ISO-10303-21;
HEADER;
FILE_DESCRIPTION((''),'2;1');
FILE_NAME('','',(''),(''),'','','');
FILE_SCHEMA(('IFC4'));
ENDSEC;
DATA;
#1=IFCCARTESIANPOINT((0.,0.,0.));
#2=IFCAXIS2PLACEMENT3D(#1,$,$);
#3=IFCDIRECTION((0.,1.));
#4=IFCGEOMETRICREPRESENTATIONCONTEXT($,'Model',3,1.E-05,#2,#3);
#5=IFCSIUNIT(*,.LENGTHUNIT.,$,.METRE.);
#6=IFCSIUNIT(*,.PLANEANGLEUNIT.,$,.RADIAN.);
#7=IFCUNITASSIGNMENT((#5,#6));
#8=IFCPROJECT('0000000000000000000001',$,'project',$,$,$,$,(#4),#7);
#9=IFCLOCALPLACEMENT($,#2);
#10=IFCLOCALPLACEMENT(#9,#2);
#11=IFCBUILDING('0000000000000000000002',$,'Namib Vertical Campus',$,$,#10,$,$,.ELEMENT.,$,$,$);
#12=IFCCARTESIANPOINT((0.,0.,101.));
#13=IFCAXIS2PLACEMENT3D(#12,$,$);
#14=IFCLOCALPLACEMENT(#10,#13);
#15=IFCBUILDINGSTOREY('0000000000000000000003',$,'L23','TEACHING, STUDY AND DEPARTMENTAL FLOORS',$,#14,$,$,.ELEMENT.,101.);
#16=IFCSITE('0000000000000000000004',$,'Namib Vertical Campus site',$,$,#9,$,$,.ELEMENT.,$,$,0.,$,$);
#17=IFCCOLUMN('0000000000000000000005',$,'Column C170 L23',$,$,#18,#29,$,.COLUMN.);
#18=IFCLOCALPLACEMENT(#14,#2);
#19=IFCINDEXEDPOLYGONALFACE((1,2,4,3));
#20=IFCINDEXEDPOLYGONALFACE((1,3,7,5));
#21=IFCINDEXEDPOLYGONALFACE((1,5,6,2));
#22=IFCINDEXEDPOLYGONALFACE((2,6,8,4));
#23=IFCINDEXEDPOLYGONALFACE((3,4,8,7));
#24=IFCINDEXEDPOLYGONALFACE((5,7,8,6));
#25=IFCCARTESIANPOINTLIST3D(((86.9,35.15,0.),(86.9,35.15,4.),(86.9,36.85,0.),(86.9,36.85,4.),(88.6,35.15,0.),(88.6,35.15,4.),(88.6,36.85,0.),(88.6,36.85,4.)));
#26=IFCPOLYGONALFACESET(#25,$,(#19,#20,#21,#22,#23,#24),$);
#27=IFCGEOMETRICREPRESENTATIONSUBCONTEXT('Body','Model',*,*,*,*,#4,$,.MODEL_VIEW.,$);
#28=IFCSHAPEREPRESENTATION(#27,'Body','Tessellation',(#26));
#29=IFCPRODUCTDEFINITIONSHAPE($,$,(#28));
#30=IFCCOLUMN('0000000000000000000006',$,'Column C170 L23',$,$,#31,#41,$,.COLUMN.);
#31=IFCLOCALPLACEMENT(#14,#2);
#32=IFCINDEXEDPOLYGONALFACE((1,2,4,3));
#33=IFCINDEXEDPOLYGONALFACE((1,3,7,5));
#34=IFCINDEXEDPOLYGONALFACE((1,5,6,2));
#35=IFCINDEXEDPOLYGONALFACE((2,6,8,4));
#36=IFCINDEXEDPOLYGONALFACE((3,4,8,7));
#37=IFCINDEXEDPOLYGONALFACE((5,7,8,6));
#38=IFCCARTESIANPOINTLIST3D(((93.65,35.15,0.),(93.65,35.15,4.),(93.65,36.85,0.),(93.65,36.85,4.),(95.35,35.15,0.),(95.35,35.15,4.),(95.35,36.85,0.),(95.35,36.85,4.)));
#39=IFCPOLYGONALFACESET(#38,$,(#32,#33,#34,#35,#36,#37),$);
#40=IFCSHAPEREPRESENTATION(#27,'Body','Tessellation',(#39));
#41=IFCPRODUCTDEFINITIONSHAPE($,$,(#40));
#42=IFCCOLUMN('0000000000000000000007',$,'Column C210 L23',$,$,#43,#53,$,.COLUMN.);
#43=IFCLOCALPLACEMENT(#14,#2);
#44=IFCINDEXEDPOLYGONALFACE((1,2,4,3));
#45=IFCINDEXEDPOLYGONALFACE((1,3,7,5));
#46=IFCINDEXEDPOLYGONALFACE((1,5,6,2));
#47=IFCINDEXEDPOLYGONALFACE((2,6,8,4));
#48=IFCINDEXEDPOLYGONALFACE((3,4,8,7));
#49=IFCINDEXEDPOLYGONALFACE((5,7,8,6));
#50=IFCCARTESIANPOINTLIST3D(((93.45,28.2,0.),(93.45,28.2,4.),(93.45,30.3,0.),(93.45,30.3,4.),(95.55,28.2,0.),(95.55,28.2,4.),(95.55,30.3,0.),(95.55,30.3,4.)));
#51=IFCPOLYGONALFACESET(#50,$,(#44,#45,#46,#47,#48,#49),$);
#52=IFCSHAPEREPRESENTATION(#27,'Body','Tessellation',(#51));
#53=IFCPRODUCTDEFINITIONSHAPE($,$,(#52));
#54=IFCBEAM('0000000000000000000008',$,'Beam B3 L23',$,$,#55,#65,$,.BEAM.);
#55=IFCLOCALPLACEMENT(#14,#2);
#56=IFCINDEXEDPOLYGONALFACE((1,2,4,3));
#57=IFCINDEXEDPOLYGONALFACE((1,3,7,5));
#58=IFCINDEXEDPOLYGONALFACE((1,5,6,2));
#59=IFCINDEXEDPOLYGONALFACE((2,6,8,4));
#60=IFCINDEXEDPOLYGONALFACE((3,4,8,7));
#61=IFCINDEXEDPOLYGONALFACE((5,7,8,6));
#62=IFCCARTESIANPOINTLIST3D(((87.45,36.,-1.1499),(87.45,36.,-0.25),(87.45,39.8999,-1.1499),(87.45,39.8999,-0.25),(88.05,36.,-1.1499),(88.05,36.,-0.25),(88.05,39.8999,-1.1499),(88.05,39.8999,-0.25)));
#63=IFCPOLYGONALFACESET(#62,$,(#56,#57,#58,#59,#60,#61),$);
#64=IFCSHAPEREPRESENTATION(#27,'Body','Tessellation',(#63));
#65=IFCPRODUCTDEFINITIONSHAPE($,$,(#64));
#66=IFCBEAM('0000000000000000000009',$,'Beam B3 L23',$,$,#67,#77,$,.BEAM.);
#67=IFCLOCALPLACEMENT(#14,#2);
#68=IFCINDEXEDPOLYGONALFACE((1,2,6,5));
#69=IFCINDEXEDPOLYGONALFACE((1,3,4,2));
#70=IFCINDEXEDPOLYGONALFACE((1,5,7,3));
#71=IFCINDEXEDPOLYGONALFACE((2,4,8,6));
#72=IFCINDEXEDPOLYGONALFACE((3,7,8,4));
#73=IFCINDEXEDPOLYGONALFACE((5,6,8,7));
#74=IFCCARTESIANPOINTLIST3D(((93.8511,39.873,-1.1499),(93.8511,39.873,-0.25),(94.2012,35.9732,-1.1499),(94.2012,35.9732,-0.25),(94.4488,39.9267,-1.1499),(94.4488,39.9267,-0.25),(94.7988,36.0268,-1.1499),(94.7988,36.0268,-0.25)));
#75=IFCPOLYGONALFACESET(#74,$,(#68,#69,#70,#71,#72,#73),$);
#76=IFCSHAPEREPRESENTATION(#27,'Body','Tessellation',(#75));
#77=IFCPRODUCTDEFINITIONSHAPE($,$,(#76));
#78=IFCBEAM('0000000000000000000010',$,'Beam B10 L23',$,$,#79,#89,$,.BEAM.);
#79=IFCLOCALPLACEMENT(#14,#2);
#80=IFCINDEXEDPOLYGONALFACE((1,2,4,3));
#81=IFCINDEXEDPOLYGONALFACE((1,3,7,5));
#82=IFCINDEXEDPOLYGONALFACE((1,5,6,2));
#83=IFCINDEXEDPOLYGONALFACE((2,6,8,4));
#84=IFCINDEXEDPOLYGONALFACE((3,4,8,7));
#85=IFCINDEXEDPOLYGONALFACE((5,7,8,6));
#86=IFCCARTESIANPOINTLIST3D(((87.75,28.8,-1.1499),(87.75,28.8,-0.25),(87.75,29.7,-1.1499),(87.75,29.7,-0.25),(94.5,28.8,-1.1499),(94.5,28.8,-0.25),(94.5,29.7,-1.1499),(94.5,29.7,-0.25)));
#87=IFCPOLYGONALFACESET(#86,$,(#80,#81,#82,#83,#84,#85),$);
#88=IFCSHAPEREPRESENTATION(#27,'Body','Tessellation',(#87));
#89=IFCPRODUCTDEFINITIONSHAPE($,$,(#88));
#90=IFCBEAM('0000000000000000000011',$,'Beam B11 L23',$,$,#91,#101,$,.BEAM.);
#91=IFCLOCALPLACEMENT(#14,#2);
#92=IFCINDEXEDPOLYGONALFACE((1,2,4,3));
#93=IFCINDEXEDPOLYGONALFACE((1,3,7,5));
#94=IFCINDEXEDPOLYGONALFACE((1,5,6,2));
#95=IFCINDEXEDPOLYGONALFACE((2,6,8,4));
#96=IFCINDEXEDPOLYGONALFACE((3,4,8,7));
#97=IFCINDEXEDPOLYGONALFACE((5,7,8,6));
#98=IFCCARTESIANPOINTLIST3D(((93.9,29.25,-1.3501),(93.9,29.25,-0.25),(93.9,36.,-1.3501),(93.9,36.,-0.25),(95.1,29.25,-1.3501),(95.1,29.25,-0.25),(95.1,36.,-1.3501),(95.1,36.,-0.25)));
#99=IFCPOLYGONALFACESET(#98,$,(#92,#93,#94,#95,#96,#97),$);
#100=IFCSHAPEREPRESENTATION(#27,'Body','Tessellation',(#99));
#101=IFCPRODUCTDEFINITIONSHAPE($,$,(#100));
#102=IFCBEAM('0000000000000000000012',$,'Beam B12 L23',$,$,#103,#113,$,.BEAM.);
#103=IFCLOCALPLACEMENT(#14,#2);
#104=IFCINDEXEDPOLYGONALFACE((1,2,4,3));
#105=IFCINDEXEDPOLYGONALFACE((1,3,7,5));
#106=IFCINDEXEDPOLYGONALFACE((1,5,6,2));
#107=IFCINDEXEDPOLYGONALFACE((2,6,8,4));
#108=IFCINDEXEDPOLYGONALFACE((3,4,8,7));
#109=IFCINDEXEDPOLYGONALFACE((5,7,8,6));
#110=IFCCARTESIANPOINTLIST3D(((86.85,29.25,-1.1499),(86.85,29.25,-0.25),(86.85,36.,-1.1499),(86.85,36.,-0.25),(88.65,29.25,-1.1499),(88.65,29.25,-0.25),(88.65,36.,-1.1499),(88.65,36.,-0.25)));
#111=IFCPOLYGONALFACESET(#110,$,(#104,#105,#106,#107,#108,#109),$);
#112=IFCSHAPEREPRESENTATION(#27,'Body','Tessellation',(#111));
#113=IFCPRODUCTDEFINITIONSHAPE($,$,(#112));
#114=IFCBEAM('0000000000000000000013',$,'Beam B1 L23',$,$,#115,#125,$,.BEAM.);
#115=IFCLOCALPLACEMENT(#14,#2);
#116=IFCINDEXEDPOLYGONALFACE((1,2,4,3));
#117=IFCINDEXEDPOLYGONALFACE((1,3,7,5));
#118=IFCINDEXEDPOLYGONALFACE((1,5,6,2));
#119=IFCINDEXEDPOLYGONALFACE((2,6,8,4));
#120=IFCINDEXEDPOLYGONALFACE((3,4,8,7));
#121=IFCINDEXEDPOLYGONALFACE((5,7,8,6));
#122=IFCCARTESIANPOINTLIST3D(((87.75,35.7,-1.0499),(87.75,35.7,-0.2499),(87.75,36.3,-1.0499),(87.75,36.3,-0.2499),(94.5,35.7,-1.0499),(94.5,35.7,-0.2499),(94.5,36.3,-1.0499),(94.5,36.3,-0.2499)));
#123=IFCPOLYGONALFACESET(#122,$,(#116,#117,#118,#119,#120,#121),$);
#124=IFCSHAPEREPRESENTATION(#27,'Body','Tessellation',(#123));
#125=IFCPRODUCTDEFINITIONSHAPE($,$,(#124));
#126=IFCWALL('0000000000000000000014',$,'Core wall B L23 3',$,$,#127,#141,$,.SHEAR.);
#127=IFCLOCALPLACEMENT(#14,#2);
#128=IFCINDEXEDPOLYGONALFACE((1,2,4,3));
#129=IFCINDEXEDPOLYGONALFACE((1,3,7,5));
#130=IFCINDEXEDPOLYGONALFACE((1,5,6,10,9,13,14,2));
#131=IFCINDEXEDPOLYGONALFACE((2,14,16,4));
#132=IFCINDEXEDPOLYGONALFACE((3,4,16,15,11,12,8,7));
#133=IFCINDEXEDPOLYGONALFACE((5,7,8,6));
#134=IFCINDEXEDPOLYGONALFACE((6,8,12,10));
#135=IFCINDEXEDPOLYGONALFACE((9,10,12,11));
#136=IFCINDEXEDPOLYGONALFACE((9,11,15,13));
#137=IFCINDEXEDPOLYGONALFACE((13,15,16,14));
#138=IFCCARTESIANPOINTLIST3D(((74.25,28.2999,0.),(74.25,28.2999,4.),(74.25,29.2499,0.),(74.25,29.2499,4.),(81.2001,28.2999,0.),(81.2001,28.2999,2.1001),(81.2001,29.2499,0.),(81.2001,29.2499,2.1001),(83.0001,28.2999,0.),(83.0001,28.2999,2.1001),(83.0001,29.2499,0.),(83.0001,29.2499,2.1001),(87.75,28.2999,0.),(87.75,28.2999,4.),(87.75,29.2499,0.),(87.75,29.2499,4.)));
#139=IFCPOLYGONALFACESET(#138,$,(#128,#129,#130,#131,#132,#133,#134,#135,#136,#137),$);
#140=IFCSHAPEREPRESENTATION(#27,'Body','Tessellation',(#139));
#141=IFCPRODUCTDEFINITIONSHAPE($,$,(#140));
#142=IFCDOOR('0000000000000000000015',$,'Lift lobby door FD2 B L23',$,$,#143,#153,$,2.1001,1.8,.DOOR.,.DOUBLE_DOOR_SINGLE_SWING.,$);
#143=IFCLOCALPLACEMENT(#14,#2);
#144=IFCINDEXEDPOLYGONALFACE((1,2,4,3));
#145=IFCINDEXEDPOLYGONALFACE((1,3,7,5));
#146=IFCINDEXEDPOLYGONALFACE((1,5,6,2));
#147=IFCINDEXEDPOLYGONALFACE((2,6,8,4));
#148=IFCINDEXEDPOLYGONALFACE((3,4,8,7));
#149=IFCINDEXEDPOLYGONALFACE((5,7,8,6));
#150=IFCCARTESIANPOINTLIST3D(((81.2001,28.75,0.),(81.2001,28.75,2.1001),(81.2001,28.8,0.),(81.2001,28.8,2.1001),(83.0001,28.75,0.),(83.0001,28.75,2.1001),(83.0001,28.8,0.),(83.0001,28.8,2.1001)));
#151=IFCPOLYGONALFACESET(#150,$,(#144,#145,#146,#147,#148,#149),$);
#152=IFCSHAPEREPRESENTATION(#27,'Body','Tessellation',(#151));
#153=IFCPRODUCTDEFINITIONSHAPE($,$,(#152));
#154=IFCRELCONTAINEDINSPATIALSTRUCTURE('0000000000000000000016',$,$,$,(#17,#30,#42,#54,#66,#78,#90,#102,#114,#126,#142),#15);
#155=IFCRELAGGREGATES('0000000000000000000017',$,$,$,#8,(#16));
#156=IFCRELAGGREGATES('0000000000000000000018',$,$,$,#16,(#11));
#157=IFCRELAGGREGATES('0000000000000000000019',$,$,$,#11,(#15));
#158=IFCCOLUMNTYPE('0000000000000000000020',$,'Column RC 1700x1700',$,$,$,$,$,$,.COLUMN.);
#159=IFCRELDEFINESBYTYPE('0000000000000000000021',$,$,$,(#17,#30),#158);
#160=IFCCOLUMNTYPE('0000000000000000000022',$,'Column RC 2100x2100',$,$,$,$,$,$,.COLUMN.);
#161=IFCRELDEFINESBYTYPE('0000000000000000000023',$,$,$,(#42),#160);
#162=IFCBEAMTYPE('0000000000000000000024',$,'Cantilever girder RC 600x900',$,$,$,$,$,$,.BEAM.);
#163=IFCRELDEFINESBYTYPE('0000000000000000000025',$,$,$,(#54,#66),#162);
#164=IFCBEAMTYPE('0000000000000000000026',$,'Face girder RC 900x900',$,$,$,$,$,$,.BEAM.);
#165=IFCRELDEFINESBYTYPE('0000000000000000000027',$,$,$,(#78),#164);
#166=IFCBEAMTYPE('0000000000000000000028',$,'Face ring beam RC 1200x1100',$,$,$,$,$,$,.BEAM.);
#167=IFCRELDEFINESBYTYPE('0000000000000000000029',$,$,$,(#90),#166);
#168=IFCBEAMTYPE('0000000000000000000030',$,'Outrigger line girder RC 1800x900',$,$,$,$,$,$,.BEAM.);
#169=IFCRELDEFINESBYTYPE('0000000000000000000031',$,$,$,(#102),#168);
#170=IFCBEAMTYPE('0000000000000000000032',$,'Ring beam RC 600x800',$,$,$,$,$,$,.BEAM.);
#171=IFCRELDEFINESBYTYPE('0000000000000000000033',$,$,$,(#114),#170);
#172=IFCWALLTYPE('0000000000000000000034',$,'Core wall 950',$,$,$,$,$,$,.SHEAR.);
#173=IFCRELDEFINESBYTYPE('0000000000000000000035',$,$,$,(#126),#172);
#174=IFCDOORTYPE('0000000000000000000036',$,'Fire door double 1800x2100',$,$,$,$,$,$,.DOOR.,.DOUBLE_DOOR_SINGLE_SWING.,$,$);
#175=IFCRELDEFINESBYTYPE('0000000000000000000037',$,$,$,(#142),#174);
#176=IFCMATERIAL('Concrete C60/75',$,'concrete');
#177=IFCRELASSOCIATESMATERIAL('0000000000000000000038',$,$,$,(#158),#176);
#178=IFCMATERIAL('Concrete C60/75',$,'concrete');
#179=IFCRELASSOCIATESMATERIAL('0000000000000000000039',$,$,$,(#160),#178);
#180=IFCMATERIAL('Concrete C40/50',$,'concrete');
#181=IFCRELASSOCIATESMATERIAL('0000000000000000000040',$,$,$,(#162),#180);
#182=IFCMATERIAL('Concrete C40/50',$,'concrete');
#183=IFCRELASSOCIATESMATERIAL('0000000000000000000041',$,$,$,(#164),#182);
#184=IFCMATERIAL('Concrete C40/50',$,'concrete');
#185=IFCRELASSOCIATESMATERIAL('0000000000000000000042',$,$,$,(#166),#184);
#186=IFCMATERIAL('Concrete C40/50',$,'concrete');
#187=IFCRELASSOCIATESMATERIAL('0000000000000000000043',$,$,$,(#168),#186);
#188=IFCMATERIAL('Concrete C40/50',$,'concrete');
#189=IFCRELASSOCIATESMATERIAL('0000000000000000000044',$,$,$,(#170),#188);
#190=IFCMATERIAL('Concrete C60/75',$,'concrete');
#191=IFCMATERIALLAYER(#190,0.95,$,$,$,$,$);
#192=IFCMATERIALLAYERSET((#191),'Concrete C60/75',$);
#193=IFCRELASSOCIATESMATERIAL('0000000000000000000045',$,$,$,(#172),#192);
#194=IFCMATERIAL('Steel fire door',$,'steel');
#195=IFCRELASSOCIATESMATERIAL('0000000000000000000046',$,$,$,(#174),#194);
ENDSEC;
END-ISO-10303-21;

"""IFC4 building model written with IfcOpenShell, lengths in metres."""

from ifc_helpers import new_model, si_unit, direction, frame, frame_2d, origin, origin_2d, place, context, subcontext, project, spatial, rectangle, extrude, material, layer, layer_set, material_profile, profile_set, type_object, element, fill, save


model = new_model("IFC4")

# Units and contexts
model_context = context("Model", 3, precision=1e-05, world=origin(), true_north=direction((0.0, 1.0)))
body_context = subcontext(model_context, "Body", "Model", "MODEL_VIEW")
ifc_project = project(units=[si_unit("LENGTHUNIT", "METRE"), si_unit("PLANEANGLEUNIT", "RADIAN")], contexts=[model_context])

# Site, building, storey
site_placement = place(None, origin())
site = spatial("IfcSite", under=ifc_project, at=site_placement, Name="Namib Vertical Campus site", CompositionType="ELEMENT", RefElevation=0.0)
building_placement = place(site_placement, origin())
building = spatial("IfcBuilding", under=site, at=building_placement, Name="Namib Vertical Campus", CompositionType="ELEMENT")
storey_placement = place(building_placement, frame((0.0, 0.0, 101.0)))
storey = spatial("IfcBuildingStorey", under=building, at=storey_placement, Name="L23", Description="TEACHING, STUDY AND DEPARTMENTAL FLOORS", CompositionType="ELEMENT", Elevation=101.0)

# Columns
ifc_material_1 = material(Name="Concrete C60/75", Category="concrete")
ifc_material_profile_1 = material_profile(ifc_material_1, rectangle(XDim=1.7, YDim=1.7, at=origin_2d()))
ifc_profile_set_1 = profile_set([ifc_material_profile_1], Name="Concrete C60/75")
column_type_1 = type_object("IfcColumnType", Name="Column RC 1700x1700", PredefinedType="COLUMN", material=ifc_profile_set_1)
for number, where, z_axis, x_axis, name in (
    (1, (87.75, 36.0, 0.0), (0.0, 0.0, 1.0), (1.0, 0.0, 0.0), "Column C170 L23"),
    (2, (94.5, 36.0, 0.0), (0.0, 0.0, 1.0), (1.0, 0.0, 0.0), "Column C170 L23"),
):
    element("IfcColumn", number, at=place(storey_placement, frame(where, z_axis=z_axis, x_axis=x_axis)), inside=storey, type_object=column_type_1, Name=name, PredefinedType="COLUMN", context=body_context, shape_type="SweptSolid", body=[
        extrude(rectangle(XDim=1.7, YDim=1.7, at=origin_2d()), origin(), (0.0, 0.0, 1.0), 4.0),
    ])
ifc_material_2 = material(Name="Concrete C60/75", Category="concrete")
ifc_material_profile_2 = material_profile(ifc_material_2, rectangle(XDim=2.1001, YDim=2.1001, at=origin_2d()))
ifc_profile_set_2 = profile_set([ifc_material_profile_2], Name="Concrete C60/75")
column_type_2 = type_object("IfcColumnType", Name="Column RC 2100x2100", PredefinedType="COLUMN", material=ifc_profile_set_2)
column_placement = place(storey_placement, frame((94.5, 29.25, 0.0), z_axis=(0.0, 0.0, 1.0), x_axis=(1.0, 0.0, 0.0)))
element("IfcColumn", 3, at=column_placement, inside=storey, type_object=column_type_2, Name="Column C210 L23", PredefinedType="COLUMN", context=body_context, shape_type="SweptSolid", body=[
    extrude(rectangle(XDim=2.1001, YDim=2.1001, at=origin_2d()), origin(), (0.0, 0.0, 1.0), 4.0),
])

# Beams
ifc_material_3 = material(Name="Concrete C40/50", Category="concrete")
ifc_material_profile_3 = material_profile(ifc_material_3, rectangle(XDim=0.6001, YDim=0.8999, at=origin_2d()))
ifc_profile_set_3 = profile_set([ifc_material_profile_3], Name="Concrete C40/50")
beam_type_1 = type_object("IfcBeamType", Name="Cantilever girder RC 600x900", PredefinedType="BEAM", material=ifc_profile_set_3)
beam_1_placement = place(storey_placement, frame((87.75, 36.0, -0.7), z_axis=(0.0, 1.0, 0.0), x_axis=(-1.0, 0.0, 0.0)))
element("IfcBeam", 4, at=beam_1_placement, inside=storey, type_object=beam_type_1, Name="Beam B3 L23", PredefinedType="BEAM", context=body_context, shape_type="SweptSolid", body=[
    extrude(rectangle(XDim=0.6001, YDim=0.8999, at=origin_2d()), origin(), (0.0, 0.0, 1.0), 3.8999),
])
beam_2_placement = place(storey_placement, frame((94.5, 36.0, -0.7), z_axis=(-0.089411, 0.995995, 0.0), x_axis=(-0.995995, -0.089411, 0.0)))
element("IfcBeam", 5, at=beam_2_placement, inside=storey, type_object=beam_type_1, Name="Beam B3 L23", PredefinedType="BEAM", context=body_context, shape_type="SweptSolid", body=[
    extrude(rectangle(XDim=0.6001, YDim=0.8999, at=origin_2d()), origin(), (0.0, 0.0, 1.0), 3.9155),
])
ifc_material_4 = material(Name="Concrete C40/50", Category="concrete")
ifc_material_profile_4 = material_profile(ifc_material_4, rectangle(XDim=0.8999, YDim=0.8999, at=origin_2d()))
ifc_profile_set_4 = profile_set([ifc_material_profile_4], Name="Concrete C40/50")
beam_type_2 = type_object("IfcBeamType", Name="Face girder RC 900x900", PredefinedType="BEAM", material=ifc_profile_set_4)
beam_3_placement = place(storey_placement, frame((94.5, 29.25, -0.7), z_axis=(-1.0, 0.0, 0.0), x_axis=(0.0, -1.0, 0.0)))
element("IfcBeam", 6, at=beam_3_placement, inside=storey, type_object=beam_type_2, Name="Beam B10 L23", PredefinedType="BEAM", context=body_context, shape_type="SweptSolid", body=[
    extrude(rectangle(XDim=0.8999, YDim=0.8999, at=origin_2d()), origin(), (0.0, 0.0, 1.0), 6.75),
])
ifc_material_5 = material(Name="Concrete C40/50", Category="concrete")
ifc_material_profile_5 = material_profile(ifc_material_5, rectangle(XDim=1.2, YDim=1.1001, at=origin_2d()))
ifc_profile_set_5 = profile_set([ifc_material_profile_5], Name="Concrete C40/50")
beam_type_3 = type_object("IfcBeamType", Name="Face ring beam RC 1200x1100", PredefinedType="BEAM", material=ifc_profile_set_5)
beam_4_placement = place(storey_placement, frame((94.5, 29.25, -0.8), z_axis=(0.0, 1.0, 0.0), x_axis=(-1.0, 0.0, 0.0)))
element("IfcBeam", 7, at=beam_4_placement, inside=storey, type_object=beam_type_3, Name="Beam B11 L23", PredefinedType="BEAM", context=body_context, shape_type="SweptSolid", body=[
    extrude(rectangle(XDim=1.2, YDim=1.1001, at=origin_2d()), origin(), (0.0, 0.0, 1.0), 6.75),
])
ifc_material_6 = material(Name="Concrete C40/50", Category="concrete")
ifc_material_profile_6 = material_profile(ifc_material_6, rectangle(XDim=1.8, YDim=0.8999, at=origin_2d()))
ifc_profile_set_6 = profile_set([ifc_material_profile_6], Name="Concrete C40/50")
beam_type_4 = type_object("IfcBeamType", Name="Outrigger line girder RC 1800x900", PredefinedType="BEAM", material=ifc_profile_set_6)
beam_5_placement = place(storey_placement, frame((87.75, 36.0, -0.7), z_axis=(0.0, -1.0, 0.0), x_axis=(1.0, 0.0, 0.0)))
element("IfcBeam", 8, at=beam_5_placement, inside=storey, type_object=beam_type_4, Name="Beam B12 L23", PredefinedType="BEAM", context=body_context, shape_type="SweptSolid", body=[
    extrude(rectangle(XDim=1.8, YDim=0.8999, at=origin_2d()), origin(), (0.0, 0.0, 1.0), 6.75),
])
ifc_material_7 = material(Name="Concrete C40/50", Category="concrete")
ifc_material_profile_7 = material_profile(ifc_material_7, rectangle(XDim=0.6001, YDim=0.8, at=origin_2d()))
ifc_profile_set_7 = profile_set([ifc_material_profile_7], Name="Concrete C40/50")
beam_type_5 = type_object("IfcBeamType", Name="Ring beam RC 600x800", PredefinedType="BEAM", material=ifc_profile_set_7)
beam_6_placement = place(storey_placement, frame((87.75, 36.0, -0.6499), z_axis=(1.0, 0.0, 0.0), x_axis=(0.0, 1.0, 0.0)))
element("IfcBeam", 9, at=beam_6_placement, inside=storey, type_object=beam_type_5, Name="Beam B1 L23", PredefinedType="BEAM", context=body_context, shape_type="SweptSolid", body=[
    extrude(rectangle(XDim=0.6001, YDim=0.8, at=origin_2d()), origin(), (0.0, 0.0, 1.0), 6.75),
])

# Wall, opening, door
ifc_material_8 = material(Name="Concrete C60/75", Category="concrete")
ifc_layer_1 = layer(ifc_material_8, 0.95)
ifc_layer_set_1 = layer_set([ifc_layer_1], Name="Concrete C60/75")
wall_type_1 = type_object("IfcWallType", Name="Core wall 950", PredefinedType="SHEAR", material=ifc_layer_set_1)
wall_1_placement = place(storey_placement, frame((87.75, 28.7749, 0.0), z_axis=(0.0, 0.0, 1.0), x_axis=(-1.0, 0.0, 0.0)))
wall_1 = element("IfcWall", 10, at=wall_1_placement, inside=storey, type_object=wall_type_1, Name="Core wall B L23 3", PredefinedType="SHEAR", context=body_context, shape_type="SweptSolid", body=[
    extrude(rectangle(XDim=13.5, YDim=0.95, at=frame_2d((6.75, 0.0))), origin(), (0.0, 0.0, 1.0), 4.0),
])
opening_1_placement = place(wall_1_placement, frame((4.75, 0.0, 0.0)))
opening_1 = element("IfcOpeningElement", 11, at=opening_1_placement, cuts=wall_1, PredefinedType="OPENING", context=body_context, shape_type="SweptSolid", body=[
    extrude(rectangle(XDim=1.8, YDim=2.1001, at=frame_2d((0.8999, 1.05))), frame((0.0, 0.4849, 0.0), z_axis=(0.0, -1.0, 0.0), x_axis=(1.0, 0.0, 0.0)), (0.0, 0.0, 1.0), 0.97),
])
ifc_material_9 = material(Name="Steel fire door", Category="steel")
door_type_1 = type_object("IfcDoorType", Name="Fire door double 1800x2100", OperationType="DOUBLE_DOOR_SINGLE_SWING", PredefinedType="DOOR", material=ifc_material_9)
door_1_placement = place(opening_1_placement, origin())
door_1 = element("IfcDoor", 12, at=door_1_placement, inside=storey, type_object=door_type_1, Name="Lift lobby door FD2 B L23", OperationType="DOUBLE_DOOR_SINGLE_SWING", OverallHeight=2.1001, OverallWidth=1.8, PredefinedType="DOOR", context=body_context, shape_type="SweptSolid", body=[
    extrude(rectangle(XDim=1.8, YDim=2.1001, at=frame_2d((0.8999, 1.05))), frame((0.0, 0.0249, 0.0), z_axis=(0.0, -1.0, 0.0), x_axis=(1.0, 0.0, 0.0)), (0.0, 0.0, 1.0), 0.05),
])
fill(opening_1, door_1)

save(model, "model.ifc")
